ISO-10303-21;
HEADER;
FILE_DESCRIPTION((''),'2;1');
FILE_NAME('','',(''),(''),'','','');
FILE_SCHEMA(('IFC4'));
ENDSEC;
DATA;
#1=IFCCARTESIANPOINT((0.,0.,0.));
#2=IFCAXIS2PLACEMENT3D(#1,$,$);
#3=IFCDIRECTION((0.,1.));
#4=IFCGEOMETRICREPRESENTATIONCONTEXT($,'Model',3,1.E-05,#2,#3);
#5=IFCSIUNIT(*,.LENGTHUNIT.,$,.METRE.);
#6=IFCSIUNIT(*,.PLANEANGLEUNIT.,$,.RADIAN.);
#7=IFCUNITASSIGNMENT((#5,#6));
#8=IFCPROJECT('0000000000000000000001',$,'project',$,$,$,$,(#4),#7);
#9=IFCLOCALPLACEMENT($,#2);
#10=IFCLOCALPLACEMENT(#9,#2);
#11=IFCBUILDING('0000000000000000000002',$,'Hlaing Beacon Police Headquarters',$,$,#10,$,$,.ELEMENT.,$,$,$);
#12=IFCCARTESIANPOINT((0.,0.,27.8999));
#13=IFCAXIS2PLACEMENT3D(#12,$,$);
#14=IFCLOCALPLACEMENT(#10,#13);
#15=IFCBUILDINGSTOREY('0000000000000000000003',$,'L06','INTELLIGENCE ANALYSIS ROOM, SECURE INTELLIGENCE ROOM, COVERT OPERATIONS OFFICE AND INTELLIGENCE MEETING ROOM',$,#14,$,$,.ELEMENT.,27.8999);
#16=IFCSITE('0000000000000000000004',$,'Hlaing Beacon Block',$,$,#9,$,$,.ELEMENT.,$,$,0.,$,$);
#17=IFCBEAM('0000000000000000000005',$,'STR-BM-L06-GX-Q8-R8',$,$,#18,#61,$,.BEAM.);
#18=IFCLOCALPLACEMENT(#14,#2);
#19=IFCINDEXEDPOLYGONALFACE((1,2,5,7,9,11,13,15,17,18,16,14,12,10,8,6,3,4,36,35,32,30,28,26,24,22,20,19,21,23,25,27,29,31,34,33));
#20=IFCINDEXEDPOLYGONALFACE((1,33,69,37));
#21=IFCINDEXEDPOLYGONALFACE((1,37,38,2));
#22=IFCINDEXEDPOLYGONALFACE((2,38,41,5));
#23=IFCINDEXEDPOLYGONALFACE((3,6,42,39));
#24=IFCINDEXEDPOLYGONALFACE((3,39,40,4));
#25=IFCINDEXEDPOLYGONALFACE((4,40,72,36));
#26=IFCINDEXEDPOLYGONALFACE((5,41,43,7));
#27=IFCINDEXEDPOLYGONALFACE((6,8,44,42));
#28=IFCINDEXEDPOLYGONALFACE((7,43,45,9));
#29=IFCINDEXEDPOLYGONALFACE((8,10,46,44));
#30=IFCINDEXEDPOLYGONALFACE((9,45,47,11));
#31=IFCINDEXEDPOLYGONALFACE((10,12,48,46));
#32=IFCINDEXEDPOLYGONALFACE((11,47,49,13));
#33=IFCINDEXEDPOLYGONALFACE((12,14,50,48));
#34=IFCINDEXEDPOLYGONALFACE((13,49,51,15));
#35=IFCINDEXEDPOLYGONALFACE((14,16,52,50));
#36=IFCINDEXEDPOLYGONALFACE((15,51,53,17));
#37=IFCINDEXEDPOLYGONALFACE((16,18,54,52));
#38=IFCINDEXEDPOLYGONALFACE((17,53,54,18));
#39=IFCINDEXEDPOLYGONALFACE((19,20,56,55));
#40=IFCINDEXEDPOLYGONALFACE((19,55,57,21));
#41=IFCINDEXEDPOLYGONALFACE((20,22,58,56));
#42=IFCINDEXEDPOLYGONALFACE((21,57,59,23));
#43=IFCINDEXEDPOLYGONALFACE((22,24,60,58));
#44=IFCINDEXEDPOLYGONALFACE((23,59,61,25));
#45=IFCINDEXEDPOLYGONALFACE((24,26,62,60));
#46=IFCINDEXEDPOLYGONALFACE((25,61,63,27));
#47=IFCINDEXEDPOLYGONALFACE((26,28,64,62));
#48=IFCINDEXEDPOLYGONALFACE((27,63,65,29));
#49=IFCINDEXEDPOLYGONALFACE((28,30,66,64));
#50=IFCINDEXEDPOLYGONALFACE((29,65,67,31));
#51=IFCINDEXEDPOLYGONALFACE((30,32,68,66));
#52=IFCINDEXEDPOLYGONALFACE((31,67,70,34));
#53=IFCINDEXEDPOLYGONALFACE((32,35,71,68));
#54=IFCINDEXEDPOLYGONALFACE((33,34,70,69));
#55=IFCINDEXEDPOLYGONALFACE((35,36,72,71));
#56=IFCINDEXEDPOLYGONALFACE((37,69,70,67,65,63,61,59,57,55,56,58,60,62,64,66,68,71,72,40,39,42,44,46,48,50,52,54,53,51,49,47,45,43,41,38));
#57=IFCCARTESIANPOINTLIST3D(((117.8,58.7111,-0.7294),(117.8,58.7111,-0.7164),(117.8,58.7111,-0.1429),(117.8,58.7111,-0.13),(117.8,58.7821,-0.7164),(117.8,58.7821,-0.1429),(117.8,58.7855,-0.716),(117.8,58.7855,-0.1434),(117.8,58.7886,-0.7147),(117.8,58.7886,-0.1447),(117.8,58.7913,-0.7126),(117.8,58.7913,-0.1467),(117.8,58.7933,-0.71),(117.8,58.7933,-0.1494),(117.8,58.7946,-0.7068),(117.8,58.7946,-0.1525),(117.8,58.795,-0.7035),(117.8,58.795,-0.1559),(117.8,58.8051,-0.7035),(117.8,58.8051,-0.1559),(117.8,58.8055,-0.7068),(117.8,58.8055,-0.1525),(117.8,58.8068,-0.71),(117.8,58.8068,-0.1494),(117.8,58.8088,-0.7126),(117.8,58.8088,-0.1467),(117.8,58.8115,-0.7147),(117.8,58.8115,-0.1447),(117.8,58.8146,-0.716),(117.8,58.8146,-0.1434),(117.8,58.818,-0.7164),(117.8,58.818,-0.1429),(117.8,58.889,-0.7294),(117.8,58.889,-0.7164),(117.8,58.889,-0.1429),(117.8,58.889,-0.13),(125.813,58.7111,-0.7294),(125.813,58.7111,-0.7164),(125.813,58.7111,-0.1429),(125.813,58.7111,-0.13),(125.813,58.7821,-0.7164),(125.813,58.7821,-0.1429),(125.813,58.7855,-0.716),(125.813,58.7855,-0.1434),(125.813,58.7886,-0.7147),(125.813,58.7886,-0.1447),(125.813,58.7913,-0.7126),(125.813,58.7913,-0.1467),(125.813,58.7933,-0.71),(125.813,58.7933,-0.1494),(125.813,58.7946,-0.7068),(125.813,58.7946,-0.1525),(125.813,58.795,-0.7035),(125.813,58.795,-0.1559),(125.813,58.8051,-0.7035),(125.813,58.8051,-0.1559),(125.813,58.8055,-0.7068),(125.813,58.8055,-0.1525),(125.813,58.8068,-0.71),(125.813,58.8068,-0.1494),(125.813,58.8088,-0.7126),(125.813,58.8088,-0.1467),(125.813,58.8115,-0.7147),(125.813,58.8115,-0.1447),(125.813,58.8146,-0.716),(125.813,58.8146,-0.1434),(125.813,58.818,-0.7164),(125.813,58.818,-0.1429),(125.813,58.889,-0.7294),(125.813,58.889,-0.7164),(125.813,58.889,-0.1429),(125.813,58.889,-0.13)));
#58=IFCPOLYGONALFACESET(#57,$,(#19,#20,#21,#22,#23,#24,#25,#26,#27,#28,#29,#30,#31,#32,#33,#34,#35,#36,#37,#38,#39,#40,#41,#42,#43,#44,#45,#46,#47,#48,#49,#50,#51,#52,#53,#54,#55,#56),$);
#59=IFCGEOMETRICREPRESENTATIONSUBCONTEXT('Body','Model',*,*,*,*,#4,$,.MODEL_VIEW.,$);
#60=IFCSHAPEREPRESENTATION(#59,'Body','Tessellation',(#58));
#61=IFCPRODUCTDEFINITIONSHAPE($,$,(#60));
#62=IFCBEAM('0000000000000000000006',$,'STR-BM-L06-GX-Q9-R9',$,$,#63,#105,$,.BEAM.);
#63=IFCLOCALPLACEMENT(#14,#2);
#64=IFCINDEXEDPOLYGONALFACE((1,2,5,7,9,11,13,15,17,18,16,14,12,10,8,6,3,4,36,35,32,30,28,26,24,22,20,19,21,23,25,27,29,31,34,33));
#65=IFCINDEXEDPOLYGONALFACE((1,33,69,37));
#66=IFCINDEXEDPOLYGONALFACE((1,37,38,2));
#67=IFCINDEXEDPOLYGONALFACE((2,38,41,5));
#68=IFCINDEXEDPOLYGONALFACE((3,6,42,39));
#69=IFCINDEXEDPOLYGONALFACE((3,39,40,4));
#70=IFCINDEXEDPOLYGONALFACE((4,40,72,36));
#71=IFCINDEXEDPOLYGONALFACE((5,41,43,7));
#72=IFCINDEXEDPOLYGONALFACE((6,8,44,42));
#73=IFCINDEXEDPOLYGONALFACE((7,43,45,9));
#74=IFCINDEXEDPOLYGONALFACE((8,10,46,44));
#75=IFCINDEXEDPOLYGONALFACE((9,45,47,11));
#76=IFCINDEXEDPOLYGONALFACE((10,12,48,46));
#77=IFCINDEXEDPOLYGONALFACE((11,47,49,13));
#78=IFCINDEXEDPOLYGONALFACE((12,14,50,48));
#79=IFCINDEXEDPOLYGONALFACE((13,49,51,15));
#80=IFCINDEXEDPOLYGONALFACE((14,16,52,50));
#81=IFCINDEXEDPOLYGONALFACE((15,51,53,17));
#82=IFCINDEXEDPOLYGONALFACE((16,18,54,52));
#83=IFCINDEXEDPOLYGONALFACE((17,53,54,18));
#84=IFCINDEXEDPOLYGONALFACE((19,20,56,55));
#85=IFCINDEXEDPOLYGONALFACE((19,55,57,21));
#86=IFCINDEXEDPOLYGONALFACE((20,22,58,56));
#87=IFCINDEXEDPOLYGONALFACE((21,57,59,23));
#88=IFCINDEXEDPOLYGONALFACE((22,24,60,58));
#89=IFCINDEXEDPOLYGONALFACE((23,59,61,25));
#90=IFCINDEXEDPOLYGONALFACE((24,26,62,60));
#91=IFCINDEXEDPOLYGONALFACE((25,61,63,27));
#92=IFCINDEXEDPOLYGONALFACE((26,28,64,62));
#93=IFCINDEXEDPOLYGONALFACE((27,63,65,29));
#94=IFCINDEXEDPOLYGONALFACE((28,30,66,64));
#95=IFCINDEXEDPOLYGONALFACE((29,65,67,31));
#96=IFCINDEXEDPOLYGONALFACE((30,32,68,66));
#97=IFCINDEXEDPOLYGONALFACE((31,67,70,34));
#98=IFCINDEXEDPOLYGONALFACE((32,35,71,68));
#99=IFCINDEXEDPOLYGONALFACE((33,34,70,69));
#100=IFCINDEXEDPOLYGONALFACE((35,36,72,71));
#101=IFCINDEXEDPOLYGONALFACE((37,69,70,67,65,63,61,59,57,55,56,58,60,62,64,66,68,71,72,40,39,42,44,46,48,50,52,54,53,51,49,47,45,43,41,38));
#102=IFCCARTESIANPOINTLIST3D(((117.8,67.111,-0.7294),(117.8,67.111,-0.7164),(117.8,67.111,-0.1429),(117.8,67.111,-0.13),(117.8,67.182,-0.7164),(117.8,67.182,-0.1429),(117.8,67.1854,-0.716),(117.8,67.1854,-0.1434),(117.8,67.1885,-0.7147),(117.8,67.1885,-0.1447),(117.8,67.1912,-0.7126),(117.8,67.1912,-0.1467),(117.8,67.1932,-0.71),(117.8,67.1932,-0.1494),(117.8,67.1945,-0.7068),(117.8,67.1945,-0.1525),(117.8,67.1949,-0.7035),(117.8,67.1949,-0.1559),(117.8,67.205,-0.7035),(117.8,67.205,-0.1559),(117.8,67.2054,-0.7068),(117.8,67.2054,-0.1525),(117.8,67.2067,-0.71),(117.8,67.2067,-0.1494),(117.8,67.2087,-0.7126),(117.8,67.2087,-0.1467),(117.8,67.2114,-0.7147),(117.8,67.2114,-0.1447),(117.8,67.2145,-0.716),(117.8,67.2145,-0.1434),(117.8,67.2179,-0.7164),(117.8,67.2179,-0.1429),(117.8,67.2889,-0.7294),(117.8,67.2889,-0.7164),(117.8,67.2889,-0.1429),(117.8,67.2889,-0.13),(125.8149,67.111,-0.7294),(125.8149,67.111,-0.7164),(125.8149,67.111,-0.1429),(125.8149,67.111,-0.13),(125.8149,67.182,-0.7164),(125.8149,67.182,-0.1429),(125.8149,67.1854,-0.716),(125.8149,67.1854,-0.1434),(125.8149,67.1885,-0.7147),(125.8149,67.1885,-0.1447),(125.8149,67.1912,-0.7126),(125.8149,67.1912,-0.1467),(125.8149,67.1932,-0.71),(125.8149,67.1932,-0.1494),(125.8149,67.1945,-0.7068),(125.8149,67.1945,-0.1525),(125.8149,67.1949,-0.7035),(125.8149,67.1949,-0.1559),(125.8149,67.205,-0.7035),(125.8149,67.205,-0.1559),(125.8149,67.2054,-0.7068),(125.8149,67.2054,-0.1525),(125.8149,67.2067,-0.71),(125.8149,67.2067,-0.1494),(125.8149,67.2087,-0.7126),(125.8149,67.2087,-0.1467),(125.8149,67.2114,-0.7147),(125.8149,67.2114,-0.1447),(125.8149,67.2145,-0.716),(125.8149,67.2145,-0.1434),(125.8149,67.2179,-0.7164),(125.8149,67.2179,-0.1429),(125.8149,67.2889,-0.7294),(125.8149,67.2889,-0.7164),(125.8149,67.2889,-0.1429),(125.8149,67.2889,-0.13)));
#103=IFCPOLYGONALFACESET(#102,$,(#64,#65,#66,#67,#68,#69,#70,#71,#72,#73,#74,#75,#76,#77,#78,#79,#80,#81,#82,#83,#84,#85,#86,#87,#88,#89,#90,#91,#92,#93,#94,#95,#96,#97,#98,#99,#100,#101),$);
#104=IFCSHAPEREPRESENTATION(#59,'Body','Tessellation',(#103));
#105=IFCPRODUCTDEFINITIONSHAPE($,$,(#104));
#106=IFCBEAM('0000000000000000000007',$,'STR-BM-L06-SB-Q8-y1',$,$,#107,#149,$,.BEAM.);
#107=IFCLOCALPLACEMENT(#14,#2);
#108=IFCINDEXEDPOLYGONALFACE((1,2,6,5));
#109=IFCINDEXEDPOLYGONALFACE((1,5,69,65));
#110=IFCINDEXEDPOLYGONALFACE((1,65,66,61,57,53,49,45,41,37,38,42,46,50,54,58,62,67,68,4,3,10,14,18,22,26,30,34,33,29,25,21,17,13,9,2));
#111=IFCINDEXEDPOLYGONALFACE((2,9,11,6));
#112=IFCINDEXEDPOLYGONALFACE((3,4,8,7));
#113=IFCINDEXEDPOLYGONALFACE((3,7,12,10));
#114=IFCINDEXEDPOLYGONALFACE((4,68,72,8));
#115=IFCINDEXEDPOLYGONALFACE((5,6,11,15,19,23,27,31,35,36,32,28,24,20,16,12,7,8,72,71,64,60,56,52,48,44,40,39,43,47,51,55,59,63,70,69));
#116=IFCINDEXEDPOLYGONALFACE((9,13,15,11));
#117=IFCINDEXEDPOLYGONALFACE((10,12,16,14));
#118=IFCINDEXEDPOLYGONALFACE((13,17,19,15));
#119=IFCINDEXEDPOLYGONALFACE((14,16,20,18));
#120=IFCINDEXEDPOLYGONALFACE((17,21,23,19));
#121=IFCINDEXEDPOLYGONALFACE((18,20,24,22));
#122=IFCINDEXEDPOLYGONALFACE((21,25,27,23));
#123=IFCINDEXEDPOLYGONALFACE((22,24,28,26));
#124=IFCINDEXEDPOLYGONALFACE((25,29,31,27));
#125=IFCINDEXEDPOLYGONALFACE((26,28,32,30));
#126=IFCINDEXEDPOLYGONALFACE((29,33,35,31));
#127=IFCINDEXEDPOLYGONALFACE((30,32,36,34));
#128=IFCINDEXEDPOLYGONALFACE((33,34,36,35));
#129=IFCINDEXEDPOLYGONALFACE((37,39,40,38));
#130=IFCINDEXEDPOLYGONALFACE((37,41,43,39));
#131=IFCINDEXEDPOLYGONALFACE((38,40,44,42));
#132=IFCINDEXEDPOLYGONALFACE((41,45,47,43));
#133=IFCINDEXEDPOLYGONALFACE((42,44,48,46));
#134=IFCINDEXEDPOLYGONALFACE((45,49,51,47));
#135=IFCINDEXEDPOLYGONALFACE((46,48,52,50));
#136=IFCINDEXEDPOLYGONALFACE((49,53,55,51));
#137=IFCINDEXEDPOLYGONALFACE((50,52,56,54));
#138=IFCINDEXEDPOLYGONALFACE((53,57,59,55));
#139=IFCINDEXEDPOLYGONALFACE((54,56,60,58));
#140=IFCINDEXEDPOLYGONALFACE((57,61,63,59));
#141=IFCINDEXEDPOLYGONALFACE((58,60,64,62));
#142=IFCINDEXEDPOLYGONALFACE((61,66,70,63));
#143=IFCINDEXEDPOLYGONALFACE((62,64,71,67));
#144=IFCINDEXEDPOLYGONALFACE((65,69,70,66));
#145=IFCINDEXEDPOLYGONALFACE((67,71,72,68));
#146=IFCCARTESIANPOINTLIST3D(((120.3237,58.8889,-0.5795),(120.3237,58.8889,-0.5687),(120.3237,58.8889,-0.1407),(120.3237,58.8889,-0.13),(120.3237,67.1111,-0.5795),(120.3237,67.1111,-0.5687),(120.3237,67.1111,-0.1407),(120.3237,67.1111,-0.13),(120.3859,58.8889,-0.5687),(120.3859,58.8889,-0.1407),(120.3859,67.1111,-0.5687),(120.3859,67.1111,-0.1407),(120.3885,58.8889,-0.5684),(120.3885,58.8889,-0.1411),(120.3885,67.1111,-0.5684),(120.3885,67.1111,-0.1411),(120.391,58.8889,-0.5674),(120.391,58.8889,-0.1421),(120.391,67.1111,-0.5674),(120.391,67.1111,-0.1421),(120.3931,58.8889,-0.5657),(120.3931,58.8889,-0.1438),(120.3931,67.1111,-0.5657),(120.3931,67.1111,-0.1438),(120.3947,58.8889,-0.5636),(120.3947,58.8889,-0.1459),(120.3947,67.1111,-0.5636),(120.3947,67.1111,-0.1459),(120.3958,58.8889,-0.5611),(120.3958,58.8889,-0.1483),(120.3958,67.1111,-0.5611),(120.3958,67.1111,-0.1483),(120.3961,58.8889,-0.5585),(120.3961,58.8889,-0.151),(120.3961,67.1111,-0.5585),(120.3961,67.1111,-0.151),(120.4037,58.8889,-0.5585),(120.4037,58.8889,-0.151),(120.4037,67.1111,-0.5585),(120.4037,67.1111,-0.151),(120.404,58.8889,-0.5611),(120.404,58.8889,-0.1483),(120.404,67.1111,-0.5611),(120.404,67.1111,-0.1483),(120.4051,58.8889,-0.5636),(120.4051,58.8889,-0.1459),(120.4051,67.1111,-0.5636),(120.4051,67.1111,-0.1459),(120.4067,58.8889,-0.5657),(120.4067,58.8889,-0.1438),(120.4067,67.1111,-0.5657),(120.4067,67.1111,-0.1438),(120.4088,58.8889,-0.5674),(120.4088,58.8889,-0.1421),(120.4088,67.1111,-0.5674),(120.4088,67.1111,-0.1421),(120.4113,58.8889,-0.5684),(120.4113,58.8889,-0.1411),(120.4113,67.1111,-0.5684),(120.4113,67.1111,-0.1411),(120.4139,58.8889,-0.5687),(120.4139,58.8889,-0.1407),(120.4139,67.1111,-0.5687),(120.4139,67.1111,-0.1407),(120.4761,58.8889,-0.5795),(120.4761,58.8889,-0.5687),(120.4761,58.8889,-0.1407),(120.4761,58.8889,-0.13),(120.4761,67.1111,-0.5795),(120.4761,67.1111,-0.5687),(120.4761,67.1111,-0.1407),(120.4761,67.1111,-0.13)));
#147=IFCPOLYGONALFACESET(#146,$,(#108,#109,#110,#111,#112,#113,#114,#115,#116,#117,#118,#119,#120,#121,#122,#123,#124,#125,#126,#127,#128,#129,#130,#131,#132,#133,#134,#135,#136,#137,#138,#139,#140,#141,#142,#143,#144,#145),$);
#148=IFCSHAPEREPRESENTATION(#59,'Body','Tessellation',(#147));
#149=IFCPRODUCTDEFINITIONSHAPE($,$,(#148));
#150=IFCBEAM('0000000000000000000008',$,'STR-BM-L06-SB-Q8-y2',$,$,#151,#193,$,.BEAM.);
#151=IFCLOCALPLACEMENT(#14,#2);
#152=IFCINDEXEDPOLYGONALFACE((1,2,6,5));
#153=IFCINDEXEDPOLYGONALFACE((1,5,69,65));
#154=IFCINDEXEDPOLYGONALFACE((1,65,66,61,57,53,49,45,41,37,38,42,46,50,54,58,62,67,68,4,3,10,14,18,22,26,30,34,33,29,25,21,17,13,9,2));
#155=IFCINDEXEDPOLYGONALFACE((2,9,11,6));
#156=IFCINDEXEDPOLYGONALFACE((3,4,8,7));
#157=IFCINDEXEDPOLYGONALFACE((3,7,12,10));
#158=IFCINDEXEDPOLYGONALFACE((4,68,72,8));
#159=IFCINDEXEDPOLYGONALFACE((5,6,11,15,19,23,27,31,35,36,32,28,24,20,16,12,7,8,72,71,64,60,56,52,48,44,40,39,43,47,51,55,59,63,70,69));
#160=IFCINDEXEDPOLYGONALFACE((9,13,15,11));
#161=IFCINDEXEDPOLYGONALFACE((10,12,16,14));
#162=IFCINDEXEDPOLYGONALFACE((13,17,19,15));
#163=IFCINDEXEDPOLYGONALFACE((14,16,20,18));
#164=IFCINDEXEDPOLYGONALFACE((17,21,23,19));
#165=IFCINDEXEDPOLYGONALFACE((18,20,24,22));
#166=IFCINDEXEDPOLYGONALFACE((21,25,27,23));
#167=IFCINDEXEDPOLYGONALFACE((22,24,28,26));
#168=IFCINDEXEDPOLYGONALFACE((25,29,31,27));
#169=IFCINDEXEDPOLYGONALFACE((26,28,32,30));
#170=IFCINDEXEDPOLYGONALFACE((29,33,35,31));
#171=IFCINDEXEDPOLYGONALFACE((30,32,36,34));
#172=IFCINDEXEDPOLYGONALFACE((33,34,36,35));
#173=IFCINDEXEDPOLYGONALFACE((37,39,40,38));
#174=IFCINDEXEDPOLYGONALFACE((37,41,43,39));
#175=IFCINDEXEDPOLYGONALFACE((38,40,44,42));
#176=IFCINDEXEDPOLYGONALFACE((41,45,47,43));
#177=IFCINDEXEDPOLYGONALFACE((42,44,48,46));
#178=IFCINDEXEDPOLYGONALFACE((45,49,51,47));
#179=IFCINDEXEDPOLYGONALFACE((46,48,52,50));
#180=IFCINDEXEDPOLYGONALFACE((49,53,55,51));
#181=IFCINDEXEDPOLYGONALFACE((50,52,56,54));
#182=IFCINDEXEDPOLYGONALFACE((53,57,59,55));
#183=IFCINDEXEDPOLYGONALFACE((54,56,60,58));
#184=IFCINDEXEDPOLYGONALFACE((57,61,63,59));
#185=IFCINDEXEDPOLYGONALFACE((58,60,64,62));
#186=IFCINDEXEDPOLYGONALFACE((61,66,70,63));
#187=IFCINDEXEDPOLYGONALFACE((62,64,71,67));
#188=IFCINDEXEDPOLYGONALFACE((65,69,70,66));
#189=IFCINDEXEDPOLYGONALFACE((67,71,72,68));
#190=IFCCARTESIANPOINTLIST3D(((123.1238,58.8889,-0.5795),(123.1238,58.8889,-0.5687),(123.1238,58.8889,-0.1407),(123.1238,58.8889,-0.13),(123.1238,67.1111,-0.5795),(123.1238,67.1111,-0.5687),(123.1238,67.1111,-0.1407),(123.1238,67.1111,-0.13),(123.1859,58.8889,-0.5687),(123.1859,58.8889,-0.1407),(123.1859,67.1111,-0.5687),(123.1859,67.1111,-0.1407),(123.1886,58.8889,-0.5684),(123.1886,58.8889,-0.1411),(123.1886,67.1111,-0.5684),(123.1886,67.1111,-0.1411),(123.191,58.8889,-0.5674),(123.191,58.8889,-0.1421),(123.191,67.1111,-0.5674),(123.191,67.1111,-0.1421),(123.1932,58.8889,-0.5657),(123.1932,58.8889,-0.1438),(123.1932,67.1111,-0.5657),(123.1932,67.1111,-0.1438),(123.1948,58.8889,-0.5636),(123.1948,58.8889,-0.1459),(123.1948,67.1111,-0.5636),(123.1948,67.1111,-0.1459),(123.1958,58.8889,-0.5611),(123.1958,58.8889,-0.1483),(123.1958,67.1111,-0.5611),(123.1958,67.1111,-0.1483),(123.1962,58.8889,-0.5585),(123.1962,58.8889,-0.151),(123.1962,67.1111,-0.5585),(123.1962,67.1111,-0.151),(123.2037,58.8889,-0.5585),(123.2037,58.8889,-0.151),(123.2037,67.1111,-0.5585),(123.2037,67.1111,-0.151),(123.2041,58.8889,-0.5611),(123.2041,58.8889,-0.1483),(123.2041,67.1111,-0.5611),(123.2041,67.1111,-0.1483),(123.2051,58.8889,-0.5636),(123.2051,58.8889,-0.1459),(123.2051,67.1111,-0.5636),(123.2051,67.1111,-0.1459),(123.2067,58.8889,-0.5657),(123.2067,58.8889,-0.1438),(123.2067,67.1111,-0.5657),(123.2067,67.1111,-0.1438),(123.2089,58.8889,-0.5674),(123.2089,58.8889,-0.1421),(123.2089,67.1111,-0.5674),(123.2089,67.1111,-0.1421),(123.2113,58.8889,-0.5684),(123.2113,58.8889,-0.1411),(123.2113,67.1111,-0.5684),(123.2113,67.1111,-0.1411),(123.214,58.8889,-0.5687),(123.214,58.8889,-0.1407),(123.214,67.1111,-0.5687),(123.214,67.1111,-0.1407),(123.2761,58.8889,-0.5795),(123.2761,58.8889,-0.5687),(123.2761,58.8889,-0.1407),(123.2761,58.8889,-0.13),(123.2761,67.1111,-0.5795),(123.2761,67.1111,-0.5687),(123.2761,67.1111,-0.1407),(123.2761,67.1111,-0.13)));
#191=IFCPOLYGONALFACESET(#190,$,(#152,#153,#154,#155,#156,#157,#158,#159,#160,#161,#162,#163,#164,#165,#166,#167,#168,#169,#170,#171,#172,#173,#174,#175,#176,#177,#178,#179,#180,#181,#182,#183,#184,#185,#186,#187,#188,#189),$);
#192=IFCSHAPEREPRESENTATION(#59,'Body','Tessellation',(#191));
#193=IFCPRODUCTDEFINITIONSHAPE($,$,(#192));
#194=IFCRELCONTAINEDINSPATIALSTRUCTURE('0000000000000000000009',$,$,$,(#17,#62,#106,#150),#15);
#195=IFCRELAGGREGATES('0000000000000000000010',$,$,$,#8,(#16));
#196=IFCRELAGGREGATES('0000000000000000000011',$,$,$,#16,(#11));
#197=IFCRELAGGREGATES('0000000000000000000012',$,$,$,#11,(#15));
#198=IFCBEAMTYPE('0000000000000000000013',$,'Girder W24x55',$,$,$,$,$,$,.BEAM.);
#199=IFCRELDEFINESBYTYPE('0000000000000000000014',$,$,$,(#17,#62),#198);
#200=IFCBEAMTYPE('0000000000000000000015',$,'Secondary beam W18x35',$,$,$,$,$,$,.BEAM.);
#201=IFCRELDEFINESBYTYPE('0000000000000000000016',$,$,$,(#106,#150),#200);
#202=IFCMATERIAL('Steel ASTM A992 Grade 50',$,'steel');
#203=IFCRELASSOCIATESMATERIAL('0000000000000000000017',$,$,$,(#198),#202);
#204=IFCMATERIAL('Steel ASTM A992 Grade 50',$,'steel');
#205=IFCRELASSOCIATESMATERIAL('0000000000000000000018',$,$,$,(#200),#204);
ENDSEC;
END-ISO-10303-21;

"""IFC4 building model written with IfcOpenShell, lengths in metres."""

from ifc_helpers import new_model, si_unit, direction, frame, origin, origin_2d, place, context, subcontext, project, spatial, i_section, extrude, material, material_profile, profile_set, type_object, element, save


model = new_model("IFC4")

# Units and contexts
model_context = context("Model", 3, precision=1e-05, world=origin(), true_north=direction((0.0, 1.0)))
body_context = subcontext(model_context, "Body", "Model", "MODEL_VIEW")
ifc_project = project(units=[si_unit("LENGTHUNIT", "METRE"), si_unit("PLANEANGLEUNIT", "RADIAN")], contexts=[model_context])

# Site, building, storey
site_placement = place(None, origin())
site = spatial("IfcSite", under=ifc_project, at=site_placement, Name="Hlaing Beacon Block", CompositionType="ELEMENT", RefElevation=0.0)
building_placement = place(site_placement, origin())
building = spatial("IfcBuilding", under=site, at=building_placement, Name="Hlaing Beacon Police Headquarters", CompositionType="ELEMENT")
storey_placement = place(building_placement, frame((0.0, 0.0, 27.8999)))
storey = spatial("IfcBuildingStorey", under=building, at=storey_placement, Name="L06", Description="INTELLIGENCE ANALYSIS ROOM, SECURE INTELLIGENCE ROOM, COVERT OPERATIONS OFFICE AND INTELLIGENCE MEETING ROOM", CompositionType="ELEMENT", Elevation=27.8999)

# Beams
ifc_material_1 = material(Name="Steel ASTM A992 Grade 50", Category="steel")
ifc_material_profile_1 = material_profile(ifc_material_1, i_section(OverallWidth=0.178, OverallDepth=0.5994, WebThickness=0.01, FlangeThickness=0.0129, FilletRadius=0.0129, at=origin_2d()), Name="W24x55")
ifc_profile_set_1 = profile_set([ifc_material_profile_1], Name="Steel ASTM A992 Grade 50")
beam_type_1 = type_object("IfcBeamType", Name="Girder W24x55", PredefinedType="BEAM", material=ifc_profile_set_1)
beam_1_placement = place(storey_placement, frame((117.8, 58.8, -0.4297), z_axis=(1.0, 0.0, 0.0), x_axis=(0.0, 1.0, 0.0)))
element("IfcBeam", 1, at=beam_1_placement, inside=storey, type_object=beam_type_1, Name="STR-BM-L06-GX-Q8-R8", PredefinedType="BEAM", context=body_context, shape_type="SweptSolid", body=[
    extrude(i_section(OverallWidth=0.178, OverallDepth=0.5994, WebThickness=0.01, FlangeThickness=0.0129, FilletRadius=0.0129, at=origin_2d()), origin(), (0.0, 0.0, 1.0), 8.0129),
])
beam_2_placement = place(storey_placement, frame((117.8, 67.2, -0.4297), z_axis=(1.0, 0.0, 0.0), x_axis=(0.0, 1.0, 0.0)))
element("IfcBeam", 2, at=beam_2_placement, inside=storey, type_object=beam_type_1, Name="STR-BM-L06-GX-Q9-R9", PredefinedType="BEAM", context=body_context, shape_type="SweptSolid", body=[
    extrude(i_section(OverallWidth=0.178, OverallDepth=0.5994, WebThickness=0.01, FlangeThickness=0.0129, FilletRadius=0.0129, at=origin_2d()), origin(), (0.0, 0.0, 1.0), 8.0149),
])
ifc_material_2 = material(Name="Steel ASTM A992 Grade 50", Category="steel")
ifc_material_profile_2 = material_profile(ifc_material_2, i_section(OverallWidth=0.1523, OverallDepth=0.4495, WebThickness=0.0076, FlangeThickness=0.0107, FilletRadius=0.0103, at=origin_2d()), Name="W18x35")
ifc_profile_set_2 = profile_set([ifc_material_profile_2], Name="Steel ASTM A992 Grade 50")
beam_type_2 = type_object("IfcBeamType", Name="Secondary beam W18x35", PredefinedType="BEAM", material=ifc_profile_set_2)
for number, where, z_axis, x_axis, name in (
    (3, (120.3999, 58.8889, -0.3547), (0.0, 1.0, 0.0), (-1.0, 0.0, 0.0), "STR-BM-L06-SB-Q8-y1"),
    (4, (123.2, 58.8889, -0.3547), (0.0, 1.0, 0.0), (-1.0, 0.0, 0.0), "STR-BM-L06-SB-Q8-y2"),
):
    element("IfcBeam", number, at=place(storey_placement, frame(where, z_axis=z_axis, x_axis=x_axis)), inside=storey, type_object=beam_type_2, Name=name, PredefinedType="BEAM", context=body_context, shape_type="SweptSolid", body=[
        extrude(i_section(OverallWidth=0.1523, OverallDepth=0.4495, WebThickness=0.0076, FlangeThickness=0.0107, FilletRadius=0.0103, at=origin_2d()), origin(), (0.0, 0.0, 1.0), 8.2222),
    ])

save(model, "model.ifc")
